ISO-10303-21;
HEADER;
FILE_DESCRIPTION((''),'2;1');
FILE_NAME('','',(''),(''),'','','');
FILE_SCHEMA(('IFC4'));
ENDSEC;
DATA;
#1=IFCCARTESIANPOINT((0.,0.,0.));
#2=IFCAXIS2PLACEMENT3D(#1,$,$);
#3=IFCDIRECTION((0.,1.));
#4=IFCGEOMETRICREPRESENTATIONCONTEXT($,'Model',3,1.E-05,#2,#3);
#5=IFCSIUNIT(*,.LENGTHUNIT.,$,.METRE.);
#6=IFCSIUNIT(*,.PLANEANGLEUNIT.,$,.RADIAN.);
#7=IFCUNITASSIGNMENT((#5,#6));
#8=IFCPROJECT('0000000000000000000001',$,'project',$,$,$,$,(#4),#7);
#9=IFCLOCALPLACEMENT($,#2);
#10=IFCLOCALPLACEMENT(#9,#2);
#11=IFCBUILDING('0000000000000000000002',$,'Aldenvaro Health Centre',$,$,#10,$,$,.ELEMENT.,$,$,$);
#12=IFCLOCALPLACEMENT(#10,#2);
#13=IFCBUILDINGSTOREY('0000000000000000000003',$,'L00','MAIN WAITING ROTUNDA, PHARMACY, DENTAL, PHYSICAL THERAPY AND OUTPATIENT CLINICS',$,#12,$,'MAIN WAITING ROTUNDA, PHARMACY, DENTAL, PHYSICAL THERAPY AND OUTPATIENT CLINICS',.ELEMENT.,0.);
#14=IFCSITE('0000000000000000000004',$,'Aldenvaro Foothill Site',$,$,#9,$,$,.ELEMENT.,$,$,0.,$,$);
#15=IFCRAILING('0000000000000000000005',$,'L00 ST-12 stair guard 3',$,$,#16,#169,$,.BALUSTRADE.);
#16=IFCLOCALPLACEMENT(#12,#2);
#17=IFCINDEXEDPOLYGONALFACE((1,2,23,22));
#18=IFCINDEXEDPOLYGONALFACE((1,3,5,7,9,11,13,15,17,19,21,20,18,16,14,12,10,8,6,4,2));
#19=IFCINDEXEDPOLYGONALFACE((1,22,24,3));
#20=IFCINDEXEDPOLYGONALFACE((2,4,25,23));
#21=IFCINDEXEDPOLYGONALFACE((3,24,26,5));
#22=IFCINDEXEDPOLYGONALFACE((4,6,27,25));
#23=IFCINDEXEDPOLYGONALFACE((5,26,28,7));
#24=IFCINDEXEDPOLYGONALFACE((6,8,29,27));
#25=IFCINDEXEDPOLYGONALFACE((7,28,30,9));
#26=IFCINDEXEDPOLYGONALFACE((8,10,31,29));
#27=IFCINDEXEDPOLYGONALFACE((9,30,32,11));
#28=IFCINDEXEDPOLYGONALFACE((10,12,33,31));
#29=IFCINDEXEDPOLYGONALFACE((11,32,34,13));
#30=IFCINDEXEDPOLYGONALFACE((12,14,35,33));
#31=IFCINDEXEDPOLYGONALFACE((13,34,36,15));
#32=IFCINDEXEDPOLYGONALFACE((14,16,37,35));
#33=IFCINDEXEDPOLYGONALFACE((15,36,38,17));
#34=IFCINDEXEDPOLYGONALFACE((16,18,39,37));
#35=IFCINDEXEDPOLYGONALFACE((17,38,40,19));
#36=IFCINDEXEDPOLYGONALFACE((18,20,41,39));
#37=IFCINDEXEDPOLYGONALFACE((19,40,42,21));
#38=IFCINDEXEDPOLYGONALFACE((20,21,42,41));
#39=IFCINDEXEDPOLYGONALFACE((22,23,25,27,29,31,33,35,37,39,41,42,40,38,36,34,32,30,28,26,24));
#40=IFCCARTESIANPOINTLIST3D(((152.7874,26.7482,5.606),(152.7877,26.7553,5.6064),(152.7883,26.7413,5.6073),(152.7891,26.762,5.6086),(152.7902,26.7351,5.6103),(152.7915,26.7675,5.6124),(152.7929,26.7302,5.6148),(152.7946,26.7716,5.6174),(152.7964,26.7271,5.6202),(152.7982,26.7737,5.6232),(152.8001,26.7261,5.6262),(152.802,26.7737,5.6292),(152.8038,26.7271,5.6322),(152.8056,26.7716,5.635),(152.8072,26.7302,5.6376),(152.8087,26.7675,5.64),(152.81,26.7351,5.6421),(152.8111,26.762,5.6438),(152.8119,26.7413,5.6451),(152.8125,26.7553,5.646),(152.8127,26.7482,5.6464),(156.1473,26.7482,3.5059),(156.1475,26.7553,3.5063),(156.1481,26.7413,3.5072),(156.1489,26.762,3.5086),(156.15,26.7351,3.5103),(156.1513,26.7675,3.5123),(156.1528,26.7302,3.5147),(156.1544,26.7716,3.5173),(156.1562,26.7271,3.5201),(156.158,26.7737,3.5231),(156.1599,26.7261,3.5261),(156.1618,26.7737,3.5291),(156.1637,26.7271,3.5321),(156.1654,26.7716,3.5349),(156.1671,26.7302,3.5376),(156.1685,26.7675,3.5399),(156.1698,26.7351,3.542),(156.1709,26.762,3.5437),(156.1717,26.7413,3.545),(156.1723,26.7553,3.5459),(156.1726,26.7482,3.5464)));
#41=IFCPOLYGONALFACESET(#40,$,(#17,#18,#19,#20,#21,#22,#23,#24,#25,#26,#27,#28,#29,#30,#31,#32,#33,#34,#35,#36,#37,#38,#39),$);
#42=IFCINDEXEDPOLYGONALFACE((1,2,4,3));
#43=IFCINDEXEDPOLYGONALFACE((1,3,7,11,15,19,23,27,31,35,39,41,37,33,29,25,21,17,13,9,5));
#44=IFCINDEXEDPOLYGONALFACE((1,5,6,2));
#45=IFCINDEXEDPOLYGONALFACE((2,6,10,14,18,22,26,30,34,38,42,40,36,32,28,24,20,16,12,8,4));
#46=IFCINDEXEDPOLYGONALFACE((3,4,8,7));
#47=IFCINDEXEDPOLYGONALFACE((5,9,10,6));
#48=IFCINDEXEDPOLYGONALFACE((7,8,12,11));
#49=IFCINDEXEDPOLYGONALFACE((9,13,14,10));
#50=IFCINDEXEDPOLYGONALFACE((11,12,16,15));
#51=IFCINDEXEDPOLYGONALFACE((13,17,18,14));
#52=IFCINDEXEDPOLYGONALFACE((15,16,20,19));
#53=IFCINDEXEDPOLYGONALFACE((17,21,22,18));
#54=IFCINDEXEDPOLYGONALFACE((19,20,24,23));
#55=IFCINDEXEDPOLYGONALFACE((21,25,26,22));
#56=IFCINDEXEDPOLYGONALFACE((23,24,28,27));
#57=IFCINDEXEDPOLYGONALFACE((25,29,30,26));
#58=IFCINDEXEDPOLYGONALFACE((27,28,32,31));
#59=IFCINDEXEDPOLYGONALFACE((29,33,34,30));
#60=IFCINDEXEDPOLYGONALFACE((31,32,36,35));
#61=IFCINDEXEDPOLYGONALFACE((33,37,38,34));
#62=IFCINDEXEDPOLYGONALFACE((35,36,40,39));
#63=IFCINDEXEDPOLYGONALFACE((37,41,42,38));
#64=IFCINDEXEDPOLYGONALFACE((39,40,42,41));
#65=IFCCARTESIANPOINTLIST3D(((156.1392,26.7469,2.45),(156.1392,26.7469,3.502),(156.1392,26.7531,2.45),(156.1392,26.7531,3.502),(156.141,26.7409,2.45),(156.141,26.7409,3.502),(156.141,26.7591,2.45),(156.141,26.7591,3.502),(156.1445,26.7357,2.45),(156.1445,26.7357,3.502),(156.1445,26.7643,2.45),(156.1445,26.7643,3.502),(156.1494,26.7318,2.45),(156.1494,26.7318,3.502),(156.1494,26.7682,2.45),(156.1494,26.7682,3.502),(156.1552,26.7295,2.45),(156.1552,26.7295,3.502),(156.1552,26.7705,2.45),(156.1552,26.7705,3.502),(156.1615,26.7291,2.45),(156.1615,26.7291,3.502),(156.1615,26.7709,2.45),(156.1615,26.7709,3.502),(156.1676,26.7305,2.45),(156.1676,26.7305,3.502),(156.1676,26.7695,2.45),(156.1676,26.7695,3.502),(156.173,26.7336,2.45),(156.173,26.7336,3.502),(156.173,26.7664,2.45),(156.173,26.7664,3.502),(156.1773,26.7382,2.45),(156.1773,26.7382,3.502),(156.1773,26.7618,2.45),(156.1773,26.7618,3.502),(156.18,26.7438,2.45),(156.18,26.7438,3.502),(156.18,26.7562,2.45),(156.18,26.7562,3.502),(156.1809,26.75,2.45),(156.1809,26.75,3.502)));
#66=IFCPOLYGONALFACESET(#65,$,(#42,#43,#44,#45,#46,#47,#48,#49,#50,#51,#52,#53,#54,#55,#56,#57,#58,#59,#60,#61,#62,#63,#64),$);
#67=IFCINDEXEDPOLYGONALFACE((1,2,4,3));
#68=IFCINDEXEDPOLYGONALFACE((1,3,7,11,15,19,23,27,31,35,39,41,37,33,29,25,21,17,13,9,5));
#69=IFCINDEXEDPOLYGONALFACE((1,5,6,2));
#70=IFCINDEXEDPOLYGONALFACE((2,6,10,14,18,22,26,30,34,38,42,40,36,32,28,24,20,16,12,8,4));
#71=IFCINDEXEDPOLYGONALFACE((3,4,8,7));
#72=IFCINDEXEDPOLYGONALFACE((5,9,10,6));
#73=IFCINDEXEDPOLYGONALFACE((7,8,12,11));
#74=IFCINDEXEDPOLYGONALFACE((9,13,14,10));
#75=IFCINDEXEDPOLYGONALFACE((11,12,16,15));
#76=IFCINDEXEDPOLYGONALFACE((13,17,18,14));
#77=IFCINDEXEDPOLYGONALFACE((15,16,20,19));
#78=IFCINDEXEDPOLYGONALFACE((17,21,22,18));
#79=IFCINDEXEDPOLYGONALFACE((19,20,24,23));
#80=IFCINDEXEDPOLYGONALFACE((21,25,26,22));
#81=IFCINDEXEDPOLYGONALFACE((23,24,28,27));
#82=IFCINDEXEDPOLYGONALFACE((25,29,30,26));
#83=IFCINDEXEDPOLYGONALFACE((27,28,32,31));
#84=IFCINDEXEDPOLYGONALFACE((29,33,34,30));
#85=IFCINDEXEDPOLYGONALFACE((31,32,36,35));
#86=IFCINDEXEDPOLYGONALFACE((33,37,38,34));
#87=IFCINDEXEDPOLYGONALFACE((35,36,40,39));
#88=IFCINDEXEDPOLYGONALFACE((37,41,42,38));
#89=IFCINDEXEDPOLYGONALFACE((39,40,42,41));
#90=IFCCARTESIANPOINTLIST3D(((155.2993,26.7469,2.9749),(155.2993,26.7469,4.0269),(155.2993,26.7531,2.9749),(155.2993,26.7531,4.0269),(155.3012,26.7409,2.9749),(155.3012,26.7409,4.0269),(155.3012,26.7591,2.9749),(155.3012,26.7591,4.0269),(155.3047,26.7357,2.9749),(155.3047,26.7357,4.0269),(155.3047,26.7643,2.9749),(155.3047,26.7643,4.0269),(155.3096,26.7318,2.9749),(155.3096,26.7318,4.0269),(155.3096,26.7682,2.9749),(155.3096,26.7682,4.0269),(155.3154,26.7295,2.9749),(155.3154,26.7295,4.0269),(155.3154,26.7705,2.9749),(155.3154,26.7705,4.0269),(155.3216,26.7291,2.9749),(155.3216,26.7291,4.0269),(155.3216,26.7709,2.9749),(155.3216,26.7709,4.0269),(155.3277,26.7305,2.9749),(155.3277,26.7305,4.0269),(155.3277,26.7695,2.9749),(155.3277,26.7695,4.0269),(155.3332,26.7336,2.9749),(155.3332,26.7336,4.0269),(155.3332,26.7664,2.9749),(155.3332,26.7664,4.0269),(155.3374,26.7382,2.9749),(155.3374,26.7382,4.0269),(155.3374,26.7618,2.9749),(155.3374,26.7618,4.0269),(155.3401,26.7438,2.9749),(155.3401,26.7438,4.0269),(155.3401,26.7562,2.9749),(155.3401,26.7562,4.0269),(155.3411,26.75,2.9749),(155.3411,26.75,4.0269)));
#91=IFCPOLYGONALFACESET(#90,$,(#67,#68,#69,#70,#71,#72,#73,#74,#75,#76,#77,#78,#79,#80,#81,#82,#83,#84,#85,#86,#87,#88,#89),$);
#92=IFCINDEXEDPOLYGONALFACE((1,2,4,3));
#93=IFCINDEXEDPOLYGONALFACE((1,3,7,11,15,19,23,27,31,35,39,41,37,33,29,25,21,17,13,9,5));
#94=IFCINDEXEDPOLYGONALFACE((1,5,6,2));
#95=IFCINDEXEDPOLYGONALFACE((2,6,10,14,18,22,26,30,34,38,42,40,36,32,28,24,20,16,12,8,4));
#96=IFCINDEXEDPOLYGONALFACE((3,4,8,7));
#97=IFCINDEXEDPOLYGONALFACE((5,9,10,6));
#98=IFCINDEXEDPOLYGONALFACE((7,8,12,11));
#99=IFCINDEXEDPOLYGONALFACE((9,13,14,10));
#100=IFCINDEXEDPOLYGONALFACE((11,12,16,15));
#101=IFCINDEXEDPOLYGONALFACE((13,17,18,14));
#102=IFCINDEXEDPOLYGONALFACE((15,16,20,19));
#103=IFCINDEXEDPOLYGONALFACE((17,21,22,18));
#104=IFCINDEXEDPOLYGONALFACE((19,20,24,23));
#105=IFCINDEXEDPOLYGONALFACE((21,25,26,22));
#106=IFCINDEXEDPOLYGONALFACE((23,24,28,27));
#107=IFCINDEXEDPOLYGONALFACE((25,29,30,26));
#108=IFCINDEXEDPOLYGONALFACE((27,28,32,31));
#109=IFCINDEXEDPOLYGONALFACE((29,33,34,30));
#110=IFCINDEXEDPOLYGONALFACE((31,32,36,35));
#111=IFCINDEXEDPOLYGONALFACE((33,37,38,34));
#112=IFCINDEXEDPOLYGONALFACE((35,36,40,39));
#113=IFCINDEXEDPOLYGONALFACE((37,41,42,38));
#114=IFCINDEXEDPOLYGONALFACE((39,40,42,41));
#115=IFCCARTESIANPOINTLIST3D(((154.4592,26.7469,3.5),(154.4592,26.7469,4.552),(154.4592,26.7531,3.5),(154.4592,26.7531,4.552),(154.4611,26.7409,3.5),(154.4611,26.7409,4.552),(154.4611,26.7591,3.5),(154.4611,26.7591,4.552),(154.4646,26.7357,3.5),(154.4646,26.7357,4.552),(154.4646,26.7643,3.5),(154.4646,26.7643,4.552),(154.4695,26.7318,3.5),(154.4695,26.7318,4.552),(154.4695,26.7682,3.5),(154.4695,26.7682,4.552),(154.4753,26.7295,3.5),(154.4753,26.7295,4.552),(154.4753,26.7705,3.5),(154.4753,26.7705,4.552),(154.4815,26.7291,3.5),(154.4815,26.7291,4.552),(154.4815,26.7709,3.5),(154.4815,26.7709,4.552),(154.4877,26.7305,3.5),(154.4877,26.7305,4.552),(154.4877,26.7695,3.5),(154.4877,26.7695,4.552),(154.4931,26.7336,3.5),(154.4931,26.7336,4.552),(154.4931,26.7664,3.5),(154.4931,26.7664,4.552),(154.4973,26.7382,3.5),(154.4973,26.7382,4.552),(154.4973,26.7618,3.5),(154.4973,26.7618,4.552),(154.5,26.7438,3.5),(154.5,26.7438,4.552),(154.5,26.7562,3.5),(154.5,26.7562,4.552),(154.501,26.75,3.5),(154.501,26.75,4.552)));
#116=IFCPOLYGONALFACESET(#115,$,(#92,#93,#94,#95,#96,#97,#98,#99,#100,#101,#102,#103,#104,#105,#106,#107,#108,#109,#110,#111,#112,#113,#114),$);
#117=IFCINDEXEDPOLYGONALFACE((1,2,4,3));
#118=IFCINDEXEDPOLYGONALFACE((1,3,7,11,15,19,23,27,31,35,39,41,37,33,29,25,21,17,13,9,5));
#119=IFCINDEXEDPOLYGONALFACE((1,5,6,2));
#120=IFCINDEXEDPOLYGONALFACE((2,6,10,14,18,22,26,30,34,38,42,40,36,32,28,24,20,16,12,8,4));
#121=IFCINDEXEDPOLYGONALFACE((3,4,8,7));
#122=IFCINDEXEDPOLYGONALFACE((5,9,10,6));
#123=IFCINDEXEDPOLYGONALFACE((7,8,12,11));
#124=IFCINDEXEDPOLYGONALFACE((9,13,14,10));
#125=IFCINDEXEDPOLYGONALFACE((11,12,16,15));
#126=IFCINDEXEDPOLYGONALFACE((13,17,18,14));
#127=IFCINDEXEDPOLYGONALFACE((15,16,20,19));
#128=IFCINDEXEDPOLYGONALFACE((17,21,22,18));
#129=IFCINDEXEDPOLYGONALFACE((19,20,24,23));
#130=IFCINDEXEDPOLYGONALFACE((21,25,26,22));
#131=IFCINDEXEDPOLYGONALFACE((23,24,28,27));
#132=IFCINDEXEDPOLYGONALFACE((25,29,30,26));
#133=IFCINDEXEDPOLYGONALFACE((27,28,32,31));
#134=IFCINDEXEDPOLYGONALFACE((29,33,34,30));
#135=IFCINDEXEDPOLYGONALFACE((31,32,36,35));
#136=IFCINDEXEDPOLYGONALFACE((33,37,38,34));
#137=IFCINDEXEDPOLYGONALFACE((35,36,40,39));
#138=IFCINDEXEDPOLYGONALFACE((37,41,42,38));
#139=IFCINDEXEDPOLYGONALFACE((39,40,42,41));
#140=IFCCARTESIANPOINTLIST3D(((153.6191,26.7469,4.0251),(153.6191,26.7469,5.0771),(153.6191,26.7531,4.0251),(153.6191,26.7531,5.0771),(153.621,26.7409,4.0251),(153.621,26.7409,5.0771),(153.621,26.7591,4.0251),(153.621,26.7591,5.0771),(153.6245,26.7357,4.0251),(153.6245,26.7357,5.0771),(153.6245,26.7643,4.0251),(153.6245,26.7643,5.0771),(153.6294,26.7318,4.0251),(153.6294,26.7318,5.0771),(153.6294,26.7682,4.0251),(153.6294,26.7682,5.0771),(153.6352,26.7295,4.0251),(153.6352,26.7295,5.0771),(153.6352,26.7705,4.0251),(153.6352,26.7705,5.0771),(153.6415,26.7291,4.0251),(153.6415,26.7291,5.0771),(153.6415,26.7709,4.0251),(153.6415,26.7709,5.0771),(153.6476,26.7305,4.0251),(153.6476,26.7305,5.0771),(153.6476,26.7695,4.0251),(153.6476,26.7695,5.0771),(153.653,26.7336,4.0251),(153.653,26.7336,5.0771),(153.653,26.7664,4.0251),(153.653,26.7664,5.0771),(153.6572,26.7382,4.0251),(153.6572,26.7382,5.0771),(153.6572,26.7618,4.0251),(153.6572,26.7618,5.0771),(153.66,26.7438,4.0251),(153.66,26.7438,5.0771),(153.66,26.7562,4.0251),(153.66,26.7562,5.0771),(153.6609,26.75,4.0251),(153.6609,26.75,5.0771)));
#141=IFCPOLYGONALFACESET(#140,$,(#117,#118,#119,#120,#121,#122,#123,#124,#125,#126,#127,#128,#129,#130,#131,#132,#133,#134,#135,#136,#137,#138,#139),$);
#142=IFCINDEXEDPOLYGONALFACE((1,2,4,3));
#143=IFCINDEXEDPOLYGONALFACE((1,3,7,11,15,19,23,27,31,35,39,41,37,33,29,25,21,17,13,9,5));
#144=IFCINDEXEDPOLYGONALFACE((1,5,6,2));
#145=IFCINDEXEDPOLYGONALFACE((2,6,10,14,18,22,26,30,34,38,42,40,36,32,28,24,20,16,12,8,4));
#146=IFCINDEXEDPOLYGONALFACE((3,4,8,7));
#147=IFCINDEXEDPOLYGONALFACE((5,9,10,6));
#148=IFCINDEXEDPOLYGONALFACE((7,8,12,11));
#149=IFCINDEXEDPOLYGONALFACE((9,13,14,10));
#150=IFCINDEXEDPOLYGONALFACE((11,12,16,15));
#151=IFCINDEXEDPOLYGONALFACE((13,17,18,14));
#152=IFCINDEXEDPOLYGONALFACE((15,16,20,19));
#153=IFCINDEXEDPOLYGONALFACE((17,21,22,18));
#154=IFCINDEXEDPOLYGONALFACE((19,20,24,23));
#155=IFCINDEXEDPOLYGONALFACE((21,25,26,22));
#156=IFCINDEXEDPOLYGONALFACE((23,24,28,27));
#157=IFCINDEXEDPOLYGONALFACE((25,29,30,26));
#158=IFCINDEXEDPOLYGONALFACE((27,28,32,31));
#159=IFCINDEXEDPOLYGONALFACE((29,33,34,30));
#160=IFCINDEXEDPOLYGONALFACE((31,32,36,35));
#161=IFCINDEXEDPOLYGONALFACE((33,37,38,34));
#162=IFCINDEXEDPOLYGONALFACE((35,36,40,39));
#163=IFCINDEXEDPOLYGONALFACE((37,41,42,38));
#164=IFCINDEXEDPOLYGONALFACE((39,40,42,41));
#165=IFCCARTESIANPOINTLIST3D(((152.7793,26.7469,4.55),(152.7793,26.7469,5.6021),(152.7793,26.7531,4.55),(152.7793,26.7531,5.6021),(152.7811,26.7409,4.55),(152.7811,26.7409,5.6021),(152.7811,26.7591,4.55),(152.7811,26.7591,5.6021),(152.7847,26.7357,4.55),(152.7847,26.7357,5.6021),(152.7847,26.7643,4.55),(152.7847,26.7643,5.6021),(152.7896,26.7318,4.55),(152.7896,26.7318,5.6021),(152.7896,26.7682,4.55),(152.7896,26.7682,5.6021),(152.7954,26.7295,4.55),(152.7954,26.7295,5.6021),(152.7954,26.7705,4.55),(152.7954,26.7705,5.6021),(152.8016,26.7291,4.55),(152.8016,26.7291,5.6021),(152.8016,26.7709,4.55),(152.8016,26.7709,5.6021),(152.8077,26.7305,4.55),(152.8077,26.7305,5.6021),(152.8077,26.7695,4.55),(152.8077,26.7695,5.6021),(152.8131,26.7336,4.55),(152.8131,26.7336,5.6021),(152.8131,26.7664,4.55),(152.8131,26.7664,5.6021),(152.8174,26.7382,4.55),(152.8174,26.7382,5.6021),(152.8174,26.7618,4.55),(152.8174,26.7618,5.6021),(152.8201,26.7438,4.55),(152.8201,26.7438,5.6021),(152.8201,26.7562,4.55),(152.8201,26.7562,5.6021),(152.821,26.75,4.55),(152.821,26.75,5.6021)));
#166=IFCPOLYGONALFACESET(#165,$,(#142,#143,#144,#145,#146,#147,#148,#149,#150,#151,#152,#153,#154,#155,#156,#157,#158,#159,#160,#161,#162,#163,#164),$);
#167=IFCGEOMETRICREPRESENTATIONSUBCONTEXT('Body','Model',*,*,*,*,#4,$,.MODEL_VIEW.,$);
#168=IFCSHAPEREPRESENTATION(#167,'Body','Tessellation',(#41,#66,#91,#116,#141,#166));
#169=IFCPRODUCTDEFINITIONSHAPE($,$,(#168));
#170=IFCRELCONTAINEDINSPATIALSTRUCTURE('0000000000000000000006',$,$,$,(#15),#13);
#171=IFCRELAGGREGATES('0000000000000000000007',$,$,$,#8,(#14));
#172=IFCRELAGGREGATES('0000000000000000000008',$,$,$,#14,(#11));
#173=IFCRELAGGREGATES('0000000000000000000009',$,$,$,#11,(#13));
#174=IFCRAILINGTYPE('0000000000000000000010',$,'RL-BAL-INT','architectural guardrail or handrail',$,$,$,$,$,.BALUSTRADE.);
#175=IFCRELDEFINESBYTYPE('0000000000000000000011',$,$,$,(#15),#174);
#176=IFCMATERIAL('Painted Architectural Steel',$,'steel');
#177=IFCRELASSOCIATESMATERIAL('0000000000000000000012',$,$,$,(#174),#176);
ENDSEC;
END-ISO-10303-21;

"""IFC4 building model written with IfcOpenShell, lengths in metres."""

from ifc_helpers import new_model, si_unit, direction, frame, origin, origin_2d, place, context, subcontext, project, spatial, circle, extrude, material, type_object, element, save


model = new_model("IFC4")

# Units and contexts
model_context = context("Model", 3, precision=1e-05, world=origin(), true_north=direction((0.0, 1.0)))
body_context = subcontext(model_context, "Body", "Model", "MODEL_VIEW")
ifc_project = project(units=[si_unit("LENGTHUNIT", "METRE"), si_unit("PLANEANGLEUNIT", "RADIAN")], contexts=[model_context])

# Site, building, storey
site_placement = place(None, origin())
site = spatial("IfcSite", under=ifc_project, at=site_placement, Name="Aldenvaro Foothill Site", CompositionType="ELEMENT", RefElevation=0.0)
building_placement = place(site_placement, origin())
building = spatial("IfcBuilding", under=site, at=building_placement, Name="Aldenvaro Health Centre", CompositionType="ELEMENT")
storey_placement = place(building_placement, origin())
storey = spatial("IfcBuildingStorey", under=building, at=storey_placement, Name="L00", Description="MAIN WAITING ROTUNDA, PHARMACY, DENTAL, PHYSICAL THERAPY AND OUTPATIENT CLINICS", LongName="MAIN WAITING ROTUNDA, PHARMACY, DENTAL, PHYSICAL THERAPY AND OUTPATIENT CLINICS", CompositionType="ELEMENT", Elevation=0.0)

# Railing
ifc_material_1 = material(Name="Painted Architectural Steel", Category="steel")
railing_type_1 = type_object("IfcRailingType", Name="RL-BAL-INT", Description="architectural guardrail or handrail", PredefinedType="BALUSTRADE", material=ifc_material_1)
railing_1_placement = place(storey_placement, frame((156.1599, 26.75, 2.45)))
element("IfcRailing", 1, at=railing_1_placement, inside=storey, type_object=railing_type_1, Name="L00 ST-12 stair guard 3", PredefinedType="BALUSTRADE", context=body_context, shape_type="SweptSolid", body=[
    extrude(circle(Radius=0.0239, at=origin_2d()), frame((0.0, 0.0, 1.0762), z_axis=(-0.847978, 0.0, 0.530032), x_axis=(0.0, -1.0, 0.0)), (0.0, 0.0, 1.0), 3.9622),
    extrude(circle(Radius=0.021, at=origin_2d()), origin(), (0.0, 0.0, 1.0), 1.052),
    extrude(circle(Radius=0.021, at=origin_2d()), frame((-0.8398, 0.0, 0.5249)), (0.0, 0.0, 1.0), 1.052),
    extrude(circle(Radius=0.021, at=origin_2d()), frame((-1.6799, 0.0, 1.05)), (0.0, 0.0, 1.0), 1.052),
    extrude(circle(Radius=0.021, at=origin_2d()), frame((-2.52, 0.0, 1.5752)), (0.0, 0.0, 1.0), 1.052),
    extrude(circle(Radius=0.021, at=origin_2d()), frame((-3.3599, 0.0, 2.1001)), (0.0, 0.0, 1.0), 1.052),
])

save(model, "model.ifc")
